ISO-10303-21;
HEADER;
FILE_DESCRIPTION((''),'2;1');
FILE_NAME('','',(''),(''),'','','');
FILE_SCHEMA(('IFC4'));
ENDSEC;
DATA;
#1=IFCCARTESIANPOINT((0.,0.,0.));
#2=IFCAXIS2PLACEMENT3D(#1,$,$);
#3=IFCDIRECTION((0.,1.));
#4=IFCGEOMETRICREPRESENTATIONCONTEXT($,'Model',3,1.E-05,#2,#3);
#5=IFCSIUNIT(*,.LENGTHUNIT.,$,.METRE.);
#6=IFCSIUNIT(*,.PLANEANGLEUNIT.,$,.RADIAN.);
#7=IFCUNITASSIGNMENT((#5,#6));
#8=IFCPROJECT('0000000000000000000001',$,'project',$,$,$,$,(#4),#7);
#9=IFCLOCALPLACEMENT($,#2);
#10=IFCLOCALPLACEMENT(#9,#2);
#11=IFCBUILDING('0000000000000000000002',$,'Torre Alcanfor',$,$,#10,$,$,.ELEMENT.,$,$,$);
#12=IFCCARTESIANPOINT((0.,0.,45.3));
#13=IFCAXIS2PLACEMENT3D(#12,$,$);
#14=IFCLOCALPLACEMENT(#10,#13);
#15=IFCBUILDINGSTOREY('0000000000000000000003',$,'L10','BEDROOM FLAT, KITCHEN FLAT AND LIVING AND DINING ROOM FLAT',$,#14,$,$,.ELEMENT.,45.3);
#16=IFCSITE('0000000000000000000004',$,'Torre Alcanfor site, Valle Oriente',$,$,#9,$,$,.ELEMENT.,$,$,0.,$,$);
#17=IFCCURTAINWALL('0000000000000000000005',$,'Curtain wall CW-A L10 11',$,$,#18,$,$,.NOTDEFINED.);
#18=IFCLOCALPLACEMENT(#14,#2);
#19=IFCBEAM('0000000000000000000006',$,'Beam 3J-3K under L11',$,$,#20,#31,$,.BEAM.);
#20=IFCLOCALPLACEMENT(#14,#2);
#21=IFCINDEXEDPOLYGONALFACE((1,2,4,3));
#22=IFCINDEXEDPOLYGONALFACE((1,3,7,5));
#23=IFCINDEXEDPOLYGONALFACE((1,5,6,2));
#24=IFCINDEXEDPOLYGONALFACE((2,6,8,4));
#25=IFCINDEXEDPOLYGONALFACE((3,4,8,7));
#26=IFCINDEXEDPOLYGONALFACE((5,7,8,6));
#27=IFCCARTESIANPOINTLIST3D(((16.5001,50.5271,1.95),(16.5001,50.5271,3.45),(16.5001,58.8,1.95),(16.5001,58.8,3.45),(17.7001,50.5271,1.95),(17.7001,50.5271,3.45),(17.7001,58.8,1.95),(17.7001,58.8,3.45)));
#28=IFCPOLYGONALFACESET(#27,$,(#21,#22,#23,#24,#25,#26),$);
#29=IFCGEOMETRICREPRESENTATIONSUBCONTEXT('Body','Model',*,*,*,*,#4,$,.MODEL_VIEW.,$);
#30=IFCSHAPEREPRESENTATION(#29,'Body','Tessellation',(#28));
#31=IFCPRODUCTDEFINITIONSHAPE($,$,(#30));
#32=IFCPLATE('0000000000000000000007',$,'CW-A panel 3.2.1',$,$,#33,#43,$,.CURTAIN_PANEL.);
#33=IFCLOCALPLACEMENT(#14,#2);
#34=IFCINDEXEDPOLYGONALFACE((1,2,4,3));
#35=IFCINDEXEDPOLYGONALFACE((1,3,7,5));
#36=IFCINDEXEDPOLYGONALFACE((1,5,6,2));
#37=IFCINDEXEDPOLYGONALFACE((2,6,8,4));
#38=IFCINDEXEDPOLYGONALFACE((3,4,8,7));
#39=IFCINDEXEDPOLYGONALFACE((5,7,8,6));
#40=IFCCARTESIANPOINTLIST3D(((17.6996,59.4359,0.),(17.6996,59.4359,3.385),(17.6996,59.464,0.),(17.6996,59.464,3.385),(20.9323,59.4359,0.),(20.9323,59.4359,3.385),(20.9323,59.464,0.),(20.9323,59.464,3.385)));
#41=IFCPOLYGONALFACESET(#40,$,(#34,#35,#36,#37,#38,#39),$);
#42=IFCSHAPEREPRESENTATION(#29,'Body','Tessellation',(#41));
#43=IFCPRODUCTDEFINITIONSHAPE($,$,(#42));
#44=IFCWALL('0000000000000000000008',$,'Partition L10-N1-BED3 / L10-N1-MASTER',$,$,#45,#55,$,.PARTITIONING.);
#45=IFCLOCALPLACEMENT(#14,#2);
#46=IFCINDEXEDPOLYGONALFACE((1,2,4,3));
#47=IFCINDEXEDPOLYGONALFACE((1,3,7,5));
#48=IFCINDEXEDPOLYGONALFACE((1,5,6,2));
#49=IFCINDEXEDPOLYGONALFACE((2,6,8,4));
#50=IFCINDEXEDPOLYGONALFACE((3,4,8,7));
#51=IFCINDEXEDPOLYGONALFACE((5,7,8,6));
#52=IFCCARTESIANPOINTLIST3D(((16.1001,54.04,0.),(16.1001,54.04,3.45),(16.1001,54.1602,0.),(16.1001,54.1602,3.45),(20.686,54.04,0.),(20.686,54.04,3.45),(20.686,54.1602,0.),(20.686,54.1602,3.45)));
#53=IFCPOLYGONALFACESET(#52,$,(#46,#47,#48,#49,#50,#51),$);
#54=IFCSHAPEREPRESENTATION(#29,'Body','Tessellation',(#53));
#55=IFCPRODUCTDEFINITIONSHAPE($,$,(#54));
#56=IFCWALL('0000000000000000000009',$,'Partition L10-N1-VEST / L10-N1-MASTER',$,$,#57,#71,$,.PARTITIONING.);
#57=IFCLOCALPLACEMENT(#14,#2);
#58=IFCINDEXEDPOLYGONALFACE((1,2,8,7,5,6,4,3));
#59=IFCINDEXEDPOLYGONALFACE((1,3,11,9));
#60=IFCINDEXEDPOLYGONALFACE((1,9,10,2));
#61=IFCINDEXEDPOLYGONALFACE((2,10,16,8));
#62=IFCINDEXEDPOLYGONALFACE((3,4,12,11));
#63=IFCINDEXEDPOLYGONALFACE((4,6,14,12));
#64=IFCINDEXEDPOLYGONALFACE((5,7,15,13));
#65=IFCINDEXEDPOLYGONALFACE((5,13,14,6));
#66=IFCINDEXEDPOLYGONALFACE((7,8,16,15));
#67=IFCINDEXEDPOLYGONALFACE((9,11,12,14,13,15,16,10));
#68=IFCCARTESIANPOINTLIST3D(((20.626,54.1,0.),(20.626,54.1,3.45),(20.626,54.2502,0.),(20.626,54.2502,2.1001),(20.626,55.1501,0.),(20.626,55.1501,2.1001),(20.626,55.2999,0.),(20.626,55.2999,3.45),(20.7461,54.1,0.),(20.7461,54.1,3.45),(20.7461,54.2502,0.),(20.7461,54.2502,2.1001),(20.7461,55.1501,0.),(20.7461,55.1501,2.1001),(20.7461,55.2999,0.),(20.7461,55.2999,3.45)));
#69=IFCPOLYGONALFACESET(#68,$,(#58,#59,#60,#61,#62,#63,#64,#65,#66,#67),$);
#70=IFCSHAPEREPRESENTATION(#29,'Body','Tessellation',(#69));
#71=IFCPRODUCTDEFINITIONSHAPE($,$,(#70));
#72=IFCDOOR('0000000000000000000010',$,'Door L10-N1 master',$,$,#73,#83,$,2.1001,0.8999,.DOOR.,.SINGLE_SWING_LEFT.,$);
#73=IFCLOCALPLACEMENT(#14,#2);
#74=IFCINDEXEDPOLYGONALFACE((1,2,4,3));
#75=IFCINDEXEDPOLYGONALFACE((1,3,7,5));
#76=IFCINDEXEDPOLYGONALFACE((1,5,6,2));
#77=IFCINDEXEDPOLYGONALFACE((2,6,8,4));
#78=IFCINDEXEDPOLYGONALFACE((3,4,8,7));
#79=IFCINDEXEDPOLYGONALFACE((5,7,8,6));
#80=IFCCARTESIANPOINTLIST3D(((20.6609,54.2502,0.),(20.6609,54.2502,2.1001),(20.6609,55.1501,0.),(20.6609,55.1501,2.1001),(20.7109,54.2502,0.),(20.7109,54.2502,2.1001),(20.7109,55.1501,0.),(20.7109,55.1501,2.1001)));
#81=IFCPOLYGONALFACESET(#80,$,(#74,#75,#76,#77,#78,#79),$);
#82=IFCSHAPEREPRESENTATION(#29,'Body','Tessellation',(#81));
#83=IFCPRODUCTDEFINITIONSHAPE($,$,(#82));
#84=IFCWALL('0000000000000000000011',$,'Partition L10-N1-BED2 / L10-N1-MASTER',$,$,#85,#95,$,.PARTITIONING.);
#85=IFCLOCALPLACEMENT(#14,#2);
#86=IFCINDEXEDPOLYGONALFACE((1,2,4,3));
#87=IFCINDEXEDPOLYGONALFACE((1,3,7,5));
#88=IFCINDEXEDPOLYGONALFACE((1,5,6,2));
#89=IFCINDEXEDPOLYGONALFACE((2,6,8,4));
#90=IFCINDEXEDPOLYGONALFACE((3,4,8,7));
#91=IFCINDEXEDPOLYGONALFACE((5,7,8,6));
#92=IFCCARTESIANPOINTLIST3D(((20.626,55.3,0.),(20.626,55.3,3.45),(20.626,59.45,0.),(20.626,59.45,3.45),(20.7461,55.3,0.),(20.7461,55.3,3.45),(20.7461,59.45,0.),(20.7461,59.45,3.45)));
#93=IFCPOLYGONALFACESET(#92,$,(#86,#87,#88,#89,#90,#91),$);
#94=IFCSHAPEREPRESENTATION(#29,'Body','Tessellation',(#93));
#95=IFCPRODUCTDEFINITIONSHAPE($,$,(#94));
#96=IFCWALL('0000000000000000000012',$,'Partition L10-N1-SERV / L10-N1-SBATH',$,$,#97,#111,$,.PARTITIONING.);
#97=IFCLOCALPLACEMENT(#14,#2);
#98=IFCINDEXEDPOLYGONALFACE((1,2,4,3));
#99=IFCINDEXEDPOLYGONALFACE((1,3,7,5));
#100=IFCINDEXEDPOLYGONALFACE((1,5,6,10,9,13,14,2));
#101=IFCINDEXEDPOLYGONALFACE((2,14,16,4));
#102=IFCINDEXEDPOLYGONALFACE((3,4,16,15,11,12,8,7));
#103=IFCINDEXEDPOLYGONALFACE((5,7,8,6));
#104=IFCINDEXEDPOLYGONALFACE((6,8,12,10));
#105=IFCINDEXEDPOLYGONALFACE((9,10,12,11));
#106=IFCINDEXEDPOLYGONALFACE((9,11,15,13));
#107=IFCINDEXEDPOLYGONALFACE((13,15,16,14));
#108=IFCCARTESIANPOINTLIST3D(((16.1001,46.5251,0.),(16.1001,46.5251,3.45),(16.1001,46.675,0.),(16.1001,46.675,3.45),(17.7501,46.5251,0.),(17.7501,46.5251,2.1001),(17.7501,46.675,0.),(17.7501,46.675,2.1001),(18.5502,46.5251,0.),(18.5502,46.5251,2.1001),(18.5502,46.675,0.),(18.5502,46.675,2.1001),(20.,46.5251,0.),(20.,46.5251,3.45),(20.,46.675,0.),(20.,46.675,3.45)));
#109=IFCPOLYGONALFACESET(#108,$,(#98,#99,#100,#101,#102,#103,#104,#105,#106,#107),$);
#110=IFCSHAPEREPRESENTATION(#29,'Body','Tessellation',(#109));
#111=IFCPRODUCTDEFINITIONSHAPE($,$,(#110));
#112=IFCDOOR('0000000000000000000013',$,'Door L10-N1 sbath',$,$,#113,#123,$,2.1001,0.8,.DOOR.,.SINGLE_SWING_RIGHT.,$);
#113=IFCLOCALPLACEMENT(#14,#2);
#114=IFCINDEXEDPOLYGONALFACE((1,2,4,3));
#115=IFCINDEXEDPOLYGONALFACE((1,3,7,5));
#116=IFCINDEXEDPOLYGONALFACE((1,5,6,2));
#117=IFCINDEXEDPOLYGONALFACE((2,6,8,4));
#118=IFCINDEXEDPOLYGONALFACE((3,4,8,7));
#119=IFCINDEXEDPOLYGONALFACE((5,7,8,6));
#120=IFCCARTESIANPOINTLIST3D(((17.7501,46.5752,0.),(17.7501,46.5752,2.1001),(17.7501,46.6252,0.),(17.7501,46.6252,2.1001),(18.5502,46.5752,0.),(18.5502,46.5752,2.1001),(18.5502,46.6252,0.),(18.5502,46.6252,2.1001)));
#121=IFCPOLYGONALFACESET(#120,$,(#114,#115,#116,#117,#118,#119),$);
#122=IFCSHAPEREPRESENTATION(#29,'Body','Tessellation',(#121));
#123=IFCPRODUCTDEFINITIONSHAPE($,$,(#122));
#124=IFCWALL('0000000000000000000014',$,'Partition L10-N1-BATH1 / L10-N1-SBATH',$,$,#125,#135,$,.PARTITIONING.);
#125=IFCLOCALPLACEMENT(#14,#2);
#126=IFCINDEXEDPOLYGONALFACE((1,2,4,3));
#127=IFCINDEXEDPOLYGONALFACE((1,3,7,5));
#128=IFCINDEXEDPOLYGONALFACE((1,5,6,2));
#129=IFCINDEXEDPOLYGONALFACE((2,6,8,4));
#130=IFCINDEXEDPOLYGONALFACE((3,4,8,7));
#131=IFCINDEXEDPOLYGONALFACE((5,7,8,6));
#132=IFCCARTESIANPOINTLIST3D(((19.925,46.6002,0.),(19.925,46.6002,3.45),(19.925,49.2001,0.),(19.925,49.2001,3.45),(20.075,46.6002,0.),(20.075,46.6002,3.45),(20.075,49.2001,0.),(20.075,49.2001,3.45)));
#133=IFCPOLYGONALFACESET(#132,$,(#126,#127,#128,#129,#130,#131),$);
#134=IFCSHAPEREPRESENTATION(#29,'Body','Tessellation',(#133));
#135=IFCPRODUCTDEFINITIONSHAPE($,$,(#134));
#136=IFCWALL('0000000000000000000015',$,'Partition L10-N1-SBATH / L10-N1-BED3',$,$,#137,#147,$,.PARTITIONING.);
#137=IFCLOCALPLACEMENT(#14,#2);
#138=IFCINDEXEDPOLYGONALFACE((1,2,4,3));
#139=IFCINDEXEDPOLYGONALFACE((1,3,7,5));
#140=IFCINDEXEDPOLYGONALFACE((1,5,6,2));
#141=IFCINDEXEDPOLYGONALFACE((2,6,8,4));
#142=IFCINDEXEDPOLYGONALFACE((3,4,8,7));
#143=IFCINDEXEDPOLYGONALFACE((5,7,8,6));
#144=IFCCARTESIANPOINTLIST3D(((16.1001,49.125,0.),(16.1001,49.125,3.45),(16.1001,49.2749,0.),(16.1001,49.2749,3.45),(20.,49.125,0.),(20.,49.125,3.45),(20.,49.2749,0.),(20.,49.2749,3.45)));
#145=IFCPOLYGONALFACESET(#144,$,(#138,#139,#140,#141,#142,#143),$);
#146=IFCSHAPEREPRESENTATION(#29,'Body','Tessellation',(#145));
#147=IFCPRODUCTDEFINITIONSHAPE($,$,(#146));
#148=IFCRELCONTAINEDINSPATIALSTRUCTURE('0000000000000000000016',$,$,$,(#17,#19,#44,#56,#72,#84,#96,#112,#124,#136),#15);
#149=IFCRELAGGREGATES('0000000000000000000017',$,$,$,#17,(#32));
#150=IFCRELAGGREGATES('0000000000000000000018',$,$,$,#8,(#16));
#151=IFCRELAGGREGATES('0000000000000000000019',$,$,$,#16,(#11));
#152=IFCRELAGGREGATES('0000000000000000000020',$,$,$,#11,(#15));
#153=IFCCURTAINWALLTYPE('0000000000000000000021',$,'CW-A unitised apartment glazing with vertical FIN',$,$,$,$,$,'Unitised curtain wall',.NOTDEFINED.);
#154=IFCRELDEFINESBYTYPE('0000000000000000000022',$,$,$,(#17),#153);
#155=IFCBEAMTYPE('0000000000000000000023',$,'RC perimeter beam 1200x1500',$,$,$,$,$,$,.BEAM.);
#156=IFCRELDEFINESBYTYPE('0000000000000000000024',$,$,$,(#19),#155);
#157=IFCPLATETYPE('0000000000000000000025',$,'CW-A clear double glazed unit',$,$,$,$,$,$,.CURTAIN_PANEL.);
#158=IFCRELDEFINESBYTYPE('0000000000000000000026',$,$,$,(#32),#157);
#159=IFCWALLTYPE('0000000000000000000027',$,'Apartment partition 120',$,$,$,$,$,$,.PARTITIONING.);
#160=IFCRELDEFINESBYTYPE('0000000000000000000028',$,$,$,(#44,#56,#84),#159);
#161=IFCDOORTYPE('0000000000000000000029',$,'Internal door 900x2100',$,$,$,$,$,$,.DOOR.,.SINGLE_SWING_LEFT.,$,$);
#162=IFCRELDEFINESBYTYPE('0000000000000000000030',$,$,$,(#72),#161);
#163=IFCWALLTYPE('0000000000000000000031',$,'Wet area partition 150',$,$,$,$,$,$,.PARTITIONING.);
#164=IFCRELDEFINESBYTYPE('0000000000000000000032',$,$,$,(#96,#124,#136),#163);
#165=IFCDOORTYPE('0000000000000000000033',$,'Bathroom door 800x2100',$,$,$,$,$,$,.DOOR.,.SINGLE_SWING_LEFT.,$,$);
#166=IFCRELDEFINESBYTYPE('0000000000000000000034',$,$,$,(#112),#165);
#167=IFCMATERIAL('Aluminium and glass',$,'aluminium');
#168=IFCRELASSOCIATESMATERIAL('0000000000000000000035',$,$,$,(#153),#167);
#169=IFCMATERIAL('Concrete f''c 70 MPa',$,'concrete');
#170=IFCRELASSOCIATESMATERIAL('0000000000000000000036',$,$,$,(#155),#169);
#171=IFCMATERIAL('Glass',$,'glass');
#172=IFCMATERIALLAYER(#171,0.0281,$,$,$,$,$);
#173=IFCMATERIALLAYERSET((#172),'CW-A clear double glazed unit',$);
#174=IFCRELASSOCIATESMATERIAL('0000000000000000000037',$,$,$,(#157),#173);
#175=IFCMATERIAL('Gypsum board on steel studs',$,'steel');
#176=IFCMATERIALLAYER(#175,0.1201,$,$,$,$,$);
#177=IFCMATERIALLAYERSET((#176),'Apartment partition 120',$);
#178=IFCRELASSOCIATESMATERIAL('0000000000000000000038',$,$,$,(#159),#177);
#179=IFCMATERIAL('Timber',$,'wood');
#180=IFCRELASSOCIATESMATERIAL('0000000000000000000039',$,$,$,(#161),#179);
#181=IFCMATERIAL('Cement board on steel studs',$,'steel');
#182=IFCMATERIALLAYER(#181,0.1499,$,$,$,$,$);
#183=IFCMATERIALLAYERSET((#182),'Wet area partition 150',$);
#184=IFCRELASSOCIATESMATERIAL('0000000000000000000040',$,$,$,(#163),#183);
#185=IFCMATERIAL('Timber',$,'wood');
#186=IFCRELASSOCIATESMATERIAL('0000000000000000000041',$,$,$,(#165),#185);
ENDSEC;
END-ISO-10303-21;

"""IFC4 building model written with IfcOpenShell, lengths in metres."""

from ifc_helpers import new_model, si_unit, direction, frame, frame_2d, origin, origin_2d, place, context, subcontext, project, spatial, rectangle, extrude, material, layer, layer_set, material_profile, profile_set, type_object, element, fill, aggregate, save


model = new_model("IFC4")

# Units and contexts
model_context = context("Model", 3, precision=1e-05, world=origin(), true_north=direction((0.0, 1.0)))
body_context = subcontext(model_context, "Body", "Model", "MODEL_VIEW")
ifc_project = project(units=[si_unit("LENGTHUNIT", "METRE"), si_unit("PLANEANGLEUNIT", "RADIAN")], contexts=[model_context])

# Site, building, storey
site_placement = place(None, origin())
site = spatial("IfcSite", under=ifc_project, at=site_placement, Name="Torre Alcanfor site, Valle Oriente", CompositionType="ELEMENT", RefElevation=0.0)
building_placement = place(site_placement, origin())
building = spatial("IfcBuilding", under=site, at=building_placement, Name="Torre Alcanfor", CompositionType="ELEMENT")
storey_placement = place(building_placement, frame((0.0, 0.0, 45.3)))
storey = spatial("IfcBuildingStorey", under=building, at=storey_placement, Name="L10", Description="BEDROOM FLAT, KITCHEN FLAT AND LIVING AND DINING ROOM FLAT", CompositionType="ELEMENT", Elevation=45.3)

# Curtain wall
ifc_material_1 = material(Name="Aluminium and glass", Category="aluminium")
curtain_wall_type = type_object("IfcCurtainWallType", Name="CW-A unitised apartment glazing with vertical FIN", ElementType="Unitised curtain wall", PredefinedType="NOTDEFINED", material=ifc_material_1)
curtain_wall_placement = place(storey_placement, origin())
curtain_wall = element("IfcCurtainWall", 1, at=curtain_wall_placement, inside=storey, type_object=curtain_wall_type, Name="Curtain wall CW-A L10 11", PredefinedType="NOTDEFINED")

# Beam
ifc_material_2 = material(Name="Concrete f'c 70 MPa", Category="concrete")
ifc_material_profile_1 = material_profile(ifc_material_2, rectangle(XDim=1.2, YDim=1.5, at=origin_2d()), Name="1200x1500")
ifc_profile_set_1 = profile_set([ifc_material_profile_1], Name="Concrete f'c 70 MPa")
beam_type_1 = type_object("IfcBeamType", Name="RC perimeter beam 1200x1500", PredefinedType="BEAM", material=ifc_profile_set_1)
beam_1_placement = place(storey_placement, frame((17.1001, 50.5271, 2.7), z_axis=(0.0, 1.0, 0.0), x_axis=(-1.0, 0.0, 0.0)))
element("IfcBeam", 2, at=beam_1_placement, inside=storey, type_object=beam_type_1, Name="Beam 3J-3K under L11", PredefinedType="BEAM", context=body_context, shape_type="SweptSolid", body=[
    extrude(rectangle(XDim=1.2, YDim=1.5, at=origin_2d()), origin(), (0.0, 0.0, 1.0), 8.2729),
])

# Plate
ifc_material_3 = material(Name="Glass", Category="glass")
ifc_layer_1 = layer(ifc_material_3, 0.0281)
ifc_layer_set_1 = layer_set([ifc_layer_1], Name="CW-A clear double glazed unit")
plate_type = type_object("IfcPlateType", Name="CW-A clear double glazed unit", PredefinedType="CURTAIN_PANEL", material=ifc_layer_set_1)
plate_placement = place(storey_placement, frame((19.3159, 59.45, 0.0), z_axis=(0.0, 0.0, 1.0), x_axis=(-1.0, 0.0, 0.0)))
plate = element("IfcPlate", 3, at=plate_placement, type_object=plate_type, Name="CW-A panel 3.2.1", PredefinedType="CURTAIN_PANEL", context=body_context, shape_type="SweptSolid", body=[
    extrude(rectangle(XDim=3.2327, YDim=0.0281, at=origin_2d()), origin(), (0.0, 0.0, 1.0), 3.385),
])
aggregate(curtain_wall, [plate])

# Wall
ifc_material_4 = material(Name="Gypsum board on steel studs", Category="steel")
ifc_layer_2 = layer(ifc_material_4, 0.1201)
ifc_layer_set_2 = layer_set([ifc_layer_2], Name="Apartment partition 120")
wall_type_1 = type_object("IfcWallType", Name="Apartment partition 120", PredefinedType="PARTITIONING", material=ifc_layer_set_2)
wall_1_placement = place(storey_placement, frame((20.686, 54.1001, 0.0), z_axis=(0.0, 0.0, 1.0), x_axis=(-1.0, 0.0, 0.0)))
element("IfcWall", 4, at=wall_1_placement, inside=storey, type_object=wall_type_1, Name="Partition L10-N1-BED3 / L10-N1-MASTER", PredefinedType="PARTITIONING", context=body_context, shape_type="SweptSolid", body=[
    extrude(rectangle(XDim=4.5859, YDim=0.1201, at=frame_2d((2.293, 0.0))), origin(), (0.0, 0.0, 1.0), 3.45),
])

# Wall, opening, door
wall_2_placement = place(storey_placement, frame((20.686, 55.3, 0.0), z_axis=(0.0, 0.0, 1.0), x_axis=(0.0, -1.0, 0.0)))
wall_2 = element("IfcWall", 5, at=wall_2_placement, inside=storey, type_object=wall_type_1, Name="Partition L10-N1-VEST / L10-N1-MASTER", PredefinedType="PARTITIONING", context=body_context, shape_type="SweptSolid", body=[
    extrude(rectangle(XDim=1.2, YDim=0.1201, at=frame_2d((0.6001, 0.0))), origin(), (0.0, 0.0, 1.0), 3.45),
])
opening_1_placement = place(wall_2_placement, frame((0.1499, 0.0, 0.0)))
opening_1 = element("IfcOpeningElement", 6, at=opening_1_placement, cuts=wall_2, PredefinedType="OPENING", context=body_context, shape_type="SweptSolid", body=[
    extrude(rectangle(XDim=0.8999, YDim=2.1001, at=frame_2d((0.45, 1.05))), frame((0.0, 0.0701, 0.0), z_axis=(0.0, -1.0, 0.0), x_axis=(1.0, 0.0, 0.0)), (0.0, 0.0, 1.0), 0.1401),
])
ifc_material_5 = material(Name="Timber", Category="wood")
door_type_1 = type_object("IfcDoorType", Name="Internal door 900x2100", OperationType="SINGLE_SWING_LEFT", PredefinedType="DOOR", material=ifc_material_5)
door_1_placement = place(opening_1_placement, origin())
door_1 = element("IfcDoor", 7, at=door_1_placement, inside=storey, type_object=door_type_1, Name="Door L10-N1 master", OperationType="SINGLE_SWING_LEFT", OverallHeight=2.1001, OverallWidth=0.8999, PredefinedType="DOOR", context=body_context, shape_type="SweptSolid", body=[
    extrude(rectangle(XDim=0.8999, YDim=2.1001, at=frame_2d((0.45, 1.05))), frame((0.0, 0.0249, 0.0), z_axis=(0.0, -1.0, 0.0), x_axis=(1.0, 0.0, 0.0)), (0.0, 0.0, 1.0), 0.05),
])
fill(opening_1, door_1)

# Wall
wall_3_placement = place(storey_placement, frame((20.686, 59.45, 0.0), z_axis=(0.0, 0.0, 1.0), x_axis=(0.0, -1.0, 0.0)))
element("IfcWall", 8, at=wall_3_placement, inside=storey, type_object=wall_type_1, Name="Partition L10-N1-BED2 / L10-N1-MASTER", PredefinedType="PARTITIONING", context=body_context, shape_type="SweptSolid", body=[
    extrude(rectangle(XDim=4.1499, YDim=0.1201, at=frame_2d((2.075, 0.0))), origin(), (0.0, 0.0, 1.0), 3.45),
])

# Wall, opening, door
ifc_material_6 = material(Name="Cement board on steel studs", Category="steel")
ifc_layer_3 = layer(ifc_material_6, 0.1499)
ifc_layer_set_3 = layer_set([ifc_layer_3], Name="Wet area partition 150")
wall_type_2 = type_object("IfcWallType", Name="Wet area partition 150", PredefinedType="PARTITIONING", material=ifc_layer_set_3)
wall_4_placement = place(storey_placement, frame((20.0, 46.6001, 0.0), z_axis=(0.0, 0.0, 1.0), x_axis=(-1.0, 0.0, 0.0)))
wall_4 = element("IfcWall", 9, at=wall_4_placement, inside=storey, type_object=wall_type_2, Name="Partition L10-N1-SERV / L10-N1-SBATH", PredefinedType="PARTITIONING", context=body_context, shape_type="SweptSolid", body=[
    extrude(rectangle(XDim=3.8999, YDim=0.1499, at=frame_2d((1.95, 0.0))), origin(), (0.0, 0.0, 1.0), 3.45),
])
opening_2_placement = place(wall_4_placement, frame((1.45, 0.0, 0.0)))
opening_2 = element("IfcOpeningElement", 10, at=opening_2_placement, cuts=wall_4, PredefinedType="OPENING", context=body_context, shape_type="SweptSolid", body=[
    extrude(rectangle(XDim=0.8, YDim=2.1001, at=frame_2d((0.3999, 1.05))), frame((0.0, 0.085, 0.0), z_axis=(0.0, -1.0, 0.0), x_axis=(1.0, 0.0, 0.0)), (0.0, 0.0, 1.0), 0.1699),
])
ifc_material_7 = material(Name="Timber", Category="wood")
door_type_2 = type_object("IfcDoorType", Name="Bathroom door 800x2100", OperationType="SINGLE_SWING_LEFT", PredefinedType="DOOR", material=ifc_material_7)
door_2_placement = place(opening_2_placement, frame((0.8, 0.0, 0.0), z_axis=(0.0, 0.0, 1.0), x_axis=(-1.0, 0.0, 0.0)))
door_2 = element("IfcDoor", 11, at=door_2_placement, inside=storey, type_object=door_type_2, Name="Door L10-N1 sbath", OperationType="SINGLE_SWING_RIGHT", OverallHeight=2.1001, OverallWidth=0.8, PredefinedType="DOOR", context=body_context, shape_type="SweptSolid", body=[
    extrude(rectangle(XDim=0.8, YDim=2.1001, at=frame_2d((0.4001, 1.05))), frame((0.0, 0.0251, 0.0), z_axis=(0.0, -1.0, 0.0), x_axis=(1.0, 0.0, 0.0)), (0.0, 0.0, 1.0), 0.05),
])
fill(opening_2, door_2)

# Walls
wall_5_placement = place(storey_placement, frame((20.0, 49.2, 0.0), z_axis=(0.0, 0.0, 1.0), x_axis=(0.0, -1.0, 0.0)))
element("IfcWall", 12, at=wall_5_placement, inside=storey, type_object=wall_type_2, Name="Partition L10-N1-BATH1 / L10-N1-SBATH", PredefinedType="PARTITIONING", context=body_context, shape_type="SweptSolid", body=[
    extrude(rectangle(XDim=2.5999, YDim=0.1499, at=frame_2d((1.2998, 0.0))), origin(), (0.0, 0.0, 1.0), 3.45),
])
wall_6_placement = place(storey_placement, frame((20.0, 49.2, 0.0), z_axis=(0.0, 0.0, 1.0), x_axis=(-1.0, 0.0, 0.0)))
element("IfcWall", 13, at=wall_6_placement, inside=storey, type_object=wall_type_2, Name="Partition L10-N1-SBATH / L10-N1-BED3", PredefinedType="PARTITIONING", context=body_context, shape_type="SweptSolid", body=[
    extrude(rectangle(XDim=3.8999, YDim=0.1499, at=frame_2d((1.95, 0.0))), origin(), (0.0, 0.0, 1.0), 3.45),
])

save(model, "model.ifc")
